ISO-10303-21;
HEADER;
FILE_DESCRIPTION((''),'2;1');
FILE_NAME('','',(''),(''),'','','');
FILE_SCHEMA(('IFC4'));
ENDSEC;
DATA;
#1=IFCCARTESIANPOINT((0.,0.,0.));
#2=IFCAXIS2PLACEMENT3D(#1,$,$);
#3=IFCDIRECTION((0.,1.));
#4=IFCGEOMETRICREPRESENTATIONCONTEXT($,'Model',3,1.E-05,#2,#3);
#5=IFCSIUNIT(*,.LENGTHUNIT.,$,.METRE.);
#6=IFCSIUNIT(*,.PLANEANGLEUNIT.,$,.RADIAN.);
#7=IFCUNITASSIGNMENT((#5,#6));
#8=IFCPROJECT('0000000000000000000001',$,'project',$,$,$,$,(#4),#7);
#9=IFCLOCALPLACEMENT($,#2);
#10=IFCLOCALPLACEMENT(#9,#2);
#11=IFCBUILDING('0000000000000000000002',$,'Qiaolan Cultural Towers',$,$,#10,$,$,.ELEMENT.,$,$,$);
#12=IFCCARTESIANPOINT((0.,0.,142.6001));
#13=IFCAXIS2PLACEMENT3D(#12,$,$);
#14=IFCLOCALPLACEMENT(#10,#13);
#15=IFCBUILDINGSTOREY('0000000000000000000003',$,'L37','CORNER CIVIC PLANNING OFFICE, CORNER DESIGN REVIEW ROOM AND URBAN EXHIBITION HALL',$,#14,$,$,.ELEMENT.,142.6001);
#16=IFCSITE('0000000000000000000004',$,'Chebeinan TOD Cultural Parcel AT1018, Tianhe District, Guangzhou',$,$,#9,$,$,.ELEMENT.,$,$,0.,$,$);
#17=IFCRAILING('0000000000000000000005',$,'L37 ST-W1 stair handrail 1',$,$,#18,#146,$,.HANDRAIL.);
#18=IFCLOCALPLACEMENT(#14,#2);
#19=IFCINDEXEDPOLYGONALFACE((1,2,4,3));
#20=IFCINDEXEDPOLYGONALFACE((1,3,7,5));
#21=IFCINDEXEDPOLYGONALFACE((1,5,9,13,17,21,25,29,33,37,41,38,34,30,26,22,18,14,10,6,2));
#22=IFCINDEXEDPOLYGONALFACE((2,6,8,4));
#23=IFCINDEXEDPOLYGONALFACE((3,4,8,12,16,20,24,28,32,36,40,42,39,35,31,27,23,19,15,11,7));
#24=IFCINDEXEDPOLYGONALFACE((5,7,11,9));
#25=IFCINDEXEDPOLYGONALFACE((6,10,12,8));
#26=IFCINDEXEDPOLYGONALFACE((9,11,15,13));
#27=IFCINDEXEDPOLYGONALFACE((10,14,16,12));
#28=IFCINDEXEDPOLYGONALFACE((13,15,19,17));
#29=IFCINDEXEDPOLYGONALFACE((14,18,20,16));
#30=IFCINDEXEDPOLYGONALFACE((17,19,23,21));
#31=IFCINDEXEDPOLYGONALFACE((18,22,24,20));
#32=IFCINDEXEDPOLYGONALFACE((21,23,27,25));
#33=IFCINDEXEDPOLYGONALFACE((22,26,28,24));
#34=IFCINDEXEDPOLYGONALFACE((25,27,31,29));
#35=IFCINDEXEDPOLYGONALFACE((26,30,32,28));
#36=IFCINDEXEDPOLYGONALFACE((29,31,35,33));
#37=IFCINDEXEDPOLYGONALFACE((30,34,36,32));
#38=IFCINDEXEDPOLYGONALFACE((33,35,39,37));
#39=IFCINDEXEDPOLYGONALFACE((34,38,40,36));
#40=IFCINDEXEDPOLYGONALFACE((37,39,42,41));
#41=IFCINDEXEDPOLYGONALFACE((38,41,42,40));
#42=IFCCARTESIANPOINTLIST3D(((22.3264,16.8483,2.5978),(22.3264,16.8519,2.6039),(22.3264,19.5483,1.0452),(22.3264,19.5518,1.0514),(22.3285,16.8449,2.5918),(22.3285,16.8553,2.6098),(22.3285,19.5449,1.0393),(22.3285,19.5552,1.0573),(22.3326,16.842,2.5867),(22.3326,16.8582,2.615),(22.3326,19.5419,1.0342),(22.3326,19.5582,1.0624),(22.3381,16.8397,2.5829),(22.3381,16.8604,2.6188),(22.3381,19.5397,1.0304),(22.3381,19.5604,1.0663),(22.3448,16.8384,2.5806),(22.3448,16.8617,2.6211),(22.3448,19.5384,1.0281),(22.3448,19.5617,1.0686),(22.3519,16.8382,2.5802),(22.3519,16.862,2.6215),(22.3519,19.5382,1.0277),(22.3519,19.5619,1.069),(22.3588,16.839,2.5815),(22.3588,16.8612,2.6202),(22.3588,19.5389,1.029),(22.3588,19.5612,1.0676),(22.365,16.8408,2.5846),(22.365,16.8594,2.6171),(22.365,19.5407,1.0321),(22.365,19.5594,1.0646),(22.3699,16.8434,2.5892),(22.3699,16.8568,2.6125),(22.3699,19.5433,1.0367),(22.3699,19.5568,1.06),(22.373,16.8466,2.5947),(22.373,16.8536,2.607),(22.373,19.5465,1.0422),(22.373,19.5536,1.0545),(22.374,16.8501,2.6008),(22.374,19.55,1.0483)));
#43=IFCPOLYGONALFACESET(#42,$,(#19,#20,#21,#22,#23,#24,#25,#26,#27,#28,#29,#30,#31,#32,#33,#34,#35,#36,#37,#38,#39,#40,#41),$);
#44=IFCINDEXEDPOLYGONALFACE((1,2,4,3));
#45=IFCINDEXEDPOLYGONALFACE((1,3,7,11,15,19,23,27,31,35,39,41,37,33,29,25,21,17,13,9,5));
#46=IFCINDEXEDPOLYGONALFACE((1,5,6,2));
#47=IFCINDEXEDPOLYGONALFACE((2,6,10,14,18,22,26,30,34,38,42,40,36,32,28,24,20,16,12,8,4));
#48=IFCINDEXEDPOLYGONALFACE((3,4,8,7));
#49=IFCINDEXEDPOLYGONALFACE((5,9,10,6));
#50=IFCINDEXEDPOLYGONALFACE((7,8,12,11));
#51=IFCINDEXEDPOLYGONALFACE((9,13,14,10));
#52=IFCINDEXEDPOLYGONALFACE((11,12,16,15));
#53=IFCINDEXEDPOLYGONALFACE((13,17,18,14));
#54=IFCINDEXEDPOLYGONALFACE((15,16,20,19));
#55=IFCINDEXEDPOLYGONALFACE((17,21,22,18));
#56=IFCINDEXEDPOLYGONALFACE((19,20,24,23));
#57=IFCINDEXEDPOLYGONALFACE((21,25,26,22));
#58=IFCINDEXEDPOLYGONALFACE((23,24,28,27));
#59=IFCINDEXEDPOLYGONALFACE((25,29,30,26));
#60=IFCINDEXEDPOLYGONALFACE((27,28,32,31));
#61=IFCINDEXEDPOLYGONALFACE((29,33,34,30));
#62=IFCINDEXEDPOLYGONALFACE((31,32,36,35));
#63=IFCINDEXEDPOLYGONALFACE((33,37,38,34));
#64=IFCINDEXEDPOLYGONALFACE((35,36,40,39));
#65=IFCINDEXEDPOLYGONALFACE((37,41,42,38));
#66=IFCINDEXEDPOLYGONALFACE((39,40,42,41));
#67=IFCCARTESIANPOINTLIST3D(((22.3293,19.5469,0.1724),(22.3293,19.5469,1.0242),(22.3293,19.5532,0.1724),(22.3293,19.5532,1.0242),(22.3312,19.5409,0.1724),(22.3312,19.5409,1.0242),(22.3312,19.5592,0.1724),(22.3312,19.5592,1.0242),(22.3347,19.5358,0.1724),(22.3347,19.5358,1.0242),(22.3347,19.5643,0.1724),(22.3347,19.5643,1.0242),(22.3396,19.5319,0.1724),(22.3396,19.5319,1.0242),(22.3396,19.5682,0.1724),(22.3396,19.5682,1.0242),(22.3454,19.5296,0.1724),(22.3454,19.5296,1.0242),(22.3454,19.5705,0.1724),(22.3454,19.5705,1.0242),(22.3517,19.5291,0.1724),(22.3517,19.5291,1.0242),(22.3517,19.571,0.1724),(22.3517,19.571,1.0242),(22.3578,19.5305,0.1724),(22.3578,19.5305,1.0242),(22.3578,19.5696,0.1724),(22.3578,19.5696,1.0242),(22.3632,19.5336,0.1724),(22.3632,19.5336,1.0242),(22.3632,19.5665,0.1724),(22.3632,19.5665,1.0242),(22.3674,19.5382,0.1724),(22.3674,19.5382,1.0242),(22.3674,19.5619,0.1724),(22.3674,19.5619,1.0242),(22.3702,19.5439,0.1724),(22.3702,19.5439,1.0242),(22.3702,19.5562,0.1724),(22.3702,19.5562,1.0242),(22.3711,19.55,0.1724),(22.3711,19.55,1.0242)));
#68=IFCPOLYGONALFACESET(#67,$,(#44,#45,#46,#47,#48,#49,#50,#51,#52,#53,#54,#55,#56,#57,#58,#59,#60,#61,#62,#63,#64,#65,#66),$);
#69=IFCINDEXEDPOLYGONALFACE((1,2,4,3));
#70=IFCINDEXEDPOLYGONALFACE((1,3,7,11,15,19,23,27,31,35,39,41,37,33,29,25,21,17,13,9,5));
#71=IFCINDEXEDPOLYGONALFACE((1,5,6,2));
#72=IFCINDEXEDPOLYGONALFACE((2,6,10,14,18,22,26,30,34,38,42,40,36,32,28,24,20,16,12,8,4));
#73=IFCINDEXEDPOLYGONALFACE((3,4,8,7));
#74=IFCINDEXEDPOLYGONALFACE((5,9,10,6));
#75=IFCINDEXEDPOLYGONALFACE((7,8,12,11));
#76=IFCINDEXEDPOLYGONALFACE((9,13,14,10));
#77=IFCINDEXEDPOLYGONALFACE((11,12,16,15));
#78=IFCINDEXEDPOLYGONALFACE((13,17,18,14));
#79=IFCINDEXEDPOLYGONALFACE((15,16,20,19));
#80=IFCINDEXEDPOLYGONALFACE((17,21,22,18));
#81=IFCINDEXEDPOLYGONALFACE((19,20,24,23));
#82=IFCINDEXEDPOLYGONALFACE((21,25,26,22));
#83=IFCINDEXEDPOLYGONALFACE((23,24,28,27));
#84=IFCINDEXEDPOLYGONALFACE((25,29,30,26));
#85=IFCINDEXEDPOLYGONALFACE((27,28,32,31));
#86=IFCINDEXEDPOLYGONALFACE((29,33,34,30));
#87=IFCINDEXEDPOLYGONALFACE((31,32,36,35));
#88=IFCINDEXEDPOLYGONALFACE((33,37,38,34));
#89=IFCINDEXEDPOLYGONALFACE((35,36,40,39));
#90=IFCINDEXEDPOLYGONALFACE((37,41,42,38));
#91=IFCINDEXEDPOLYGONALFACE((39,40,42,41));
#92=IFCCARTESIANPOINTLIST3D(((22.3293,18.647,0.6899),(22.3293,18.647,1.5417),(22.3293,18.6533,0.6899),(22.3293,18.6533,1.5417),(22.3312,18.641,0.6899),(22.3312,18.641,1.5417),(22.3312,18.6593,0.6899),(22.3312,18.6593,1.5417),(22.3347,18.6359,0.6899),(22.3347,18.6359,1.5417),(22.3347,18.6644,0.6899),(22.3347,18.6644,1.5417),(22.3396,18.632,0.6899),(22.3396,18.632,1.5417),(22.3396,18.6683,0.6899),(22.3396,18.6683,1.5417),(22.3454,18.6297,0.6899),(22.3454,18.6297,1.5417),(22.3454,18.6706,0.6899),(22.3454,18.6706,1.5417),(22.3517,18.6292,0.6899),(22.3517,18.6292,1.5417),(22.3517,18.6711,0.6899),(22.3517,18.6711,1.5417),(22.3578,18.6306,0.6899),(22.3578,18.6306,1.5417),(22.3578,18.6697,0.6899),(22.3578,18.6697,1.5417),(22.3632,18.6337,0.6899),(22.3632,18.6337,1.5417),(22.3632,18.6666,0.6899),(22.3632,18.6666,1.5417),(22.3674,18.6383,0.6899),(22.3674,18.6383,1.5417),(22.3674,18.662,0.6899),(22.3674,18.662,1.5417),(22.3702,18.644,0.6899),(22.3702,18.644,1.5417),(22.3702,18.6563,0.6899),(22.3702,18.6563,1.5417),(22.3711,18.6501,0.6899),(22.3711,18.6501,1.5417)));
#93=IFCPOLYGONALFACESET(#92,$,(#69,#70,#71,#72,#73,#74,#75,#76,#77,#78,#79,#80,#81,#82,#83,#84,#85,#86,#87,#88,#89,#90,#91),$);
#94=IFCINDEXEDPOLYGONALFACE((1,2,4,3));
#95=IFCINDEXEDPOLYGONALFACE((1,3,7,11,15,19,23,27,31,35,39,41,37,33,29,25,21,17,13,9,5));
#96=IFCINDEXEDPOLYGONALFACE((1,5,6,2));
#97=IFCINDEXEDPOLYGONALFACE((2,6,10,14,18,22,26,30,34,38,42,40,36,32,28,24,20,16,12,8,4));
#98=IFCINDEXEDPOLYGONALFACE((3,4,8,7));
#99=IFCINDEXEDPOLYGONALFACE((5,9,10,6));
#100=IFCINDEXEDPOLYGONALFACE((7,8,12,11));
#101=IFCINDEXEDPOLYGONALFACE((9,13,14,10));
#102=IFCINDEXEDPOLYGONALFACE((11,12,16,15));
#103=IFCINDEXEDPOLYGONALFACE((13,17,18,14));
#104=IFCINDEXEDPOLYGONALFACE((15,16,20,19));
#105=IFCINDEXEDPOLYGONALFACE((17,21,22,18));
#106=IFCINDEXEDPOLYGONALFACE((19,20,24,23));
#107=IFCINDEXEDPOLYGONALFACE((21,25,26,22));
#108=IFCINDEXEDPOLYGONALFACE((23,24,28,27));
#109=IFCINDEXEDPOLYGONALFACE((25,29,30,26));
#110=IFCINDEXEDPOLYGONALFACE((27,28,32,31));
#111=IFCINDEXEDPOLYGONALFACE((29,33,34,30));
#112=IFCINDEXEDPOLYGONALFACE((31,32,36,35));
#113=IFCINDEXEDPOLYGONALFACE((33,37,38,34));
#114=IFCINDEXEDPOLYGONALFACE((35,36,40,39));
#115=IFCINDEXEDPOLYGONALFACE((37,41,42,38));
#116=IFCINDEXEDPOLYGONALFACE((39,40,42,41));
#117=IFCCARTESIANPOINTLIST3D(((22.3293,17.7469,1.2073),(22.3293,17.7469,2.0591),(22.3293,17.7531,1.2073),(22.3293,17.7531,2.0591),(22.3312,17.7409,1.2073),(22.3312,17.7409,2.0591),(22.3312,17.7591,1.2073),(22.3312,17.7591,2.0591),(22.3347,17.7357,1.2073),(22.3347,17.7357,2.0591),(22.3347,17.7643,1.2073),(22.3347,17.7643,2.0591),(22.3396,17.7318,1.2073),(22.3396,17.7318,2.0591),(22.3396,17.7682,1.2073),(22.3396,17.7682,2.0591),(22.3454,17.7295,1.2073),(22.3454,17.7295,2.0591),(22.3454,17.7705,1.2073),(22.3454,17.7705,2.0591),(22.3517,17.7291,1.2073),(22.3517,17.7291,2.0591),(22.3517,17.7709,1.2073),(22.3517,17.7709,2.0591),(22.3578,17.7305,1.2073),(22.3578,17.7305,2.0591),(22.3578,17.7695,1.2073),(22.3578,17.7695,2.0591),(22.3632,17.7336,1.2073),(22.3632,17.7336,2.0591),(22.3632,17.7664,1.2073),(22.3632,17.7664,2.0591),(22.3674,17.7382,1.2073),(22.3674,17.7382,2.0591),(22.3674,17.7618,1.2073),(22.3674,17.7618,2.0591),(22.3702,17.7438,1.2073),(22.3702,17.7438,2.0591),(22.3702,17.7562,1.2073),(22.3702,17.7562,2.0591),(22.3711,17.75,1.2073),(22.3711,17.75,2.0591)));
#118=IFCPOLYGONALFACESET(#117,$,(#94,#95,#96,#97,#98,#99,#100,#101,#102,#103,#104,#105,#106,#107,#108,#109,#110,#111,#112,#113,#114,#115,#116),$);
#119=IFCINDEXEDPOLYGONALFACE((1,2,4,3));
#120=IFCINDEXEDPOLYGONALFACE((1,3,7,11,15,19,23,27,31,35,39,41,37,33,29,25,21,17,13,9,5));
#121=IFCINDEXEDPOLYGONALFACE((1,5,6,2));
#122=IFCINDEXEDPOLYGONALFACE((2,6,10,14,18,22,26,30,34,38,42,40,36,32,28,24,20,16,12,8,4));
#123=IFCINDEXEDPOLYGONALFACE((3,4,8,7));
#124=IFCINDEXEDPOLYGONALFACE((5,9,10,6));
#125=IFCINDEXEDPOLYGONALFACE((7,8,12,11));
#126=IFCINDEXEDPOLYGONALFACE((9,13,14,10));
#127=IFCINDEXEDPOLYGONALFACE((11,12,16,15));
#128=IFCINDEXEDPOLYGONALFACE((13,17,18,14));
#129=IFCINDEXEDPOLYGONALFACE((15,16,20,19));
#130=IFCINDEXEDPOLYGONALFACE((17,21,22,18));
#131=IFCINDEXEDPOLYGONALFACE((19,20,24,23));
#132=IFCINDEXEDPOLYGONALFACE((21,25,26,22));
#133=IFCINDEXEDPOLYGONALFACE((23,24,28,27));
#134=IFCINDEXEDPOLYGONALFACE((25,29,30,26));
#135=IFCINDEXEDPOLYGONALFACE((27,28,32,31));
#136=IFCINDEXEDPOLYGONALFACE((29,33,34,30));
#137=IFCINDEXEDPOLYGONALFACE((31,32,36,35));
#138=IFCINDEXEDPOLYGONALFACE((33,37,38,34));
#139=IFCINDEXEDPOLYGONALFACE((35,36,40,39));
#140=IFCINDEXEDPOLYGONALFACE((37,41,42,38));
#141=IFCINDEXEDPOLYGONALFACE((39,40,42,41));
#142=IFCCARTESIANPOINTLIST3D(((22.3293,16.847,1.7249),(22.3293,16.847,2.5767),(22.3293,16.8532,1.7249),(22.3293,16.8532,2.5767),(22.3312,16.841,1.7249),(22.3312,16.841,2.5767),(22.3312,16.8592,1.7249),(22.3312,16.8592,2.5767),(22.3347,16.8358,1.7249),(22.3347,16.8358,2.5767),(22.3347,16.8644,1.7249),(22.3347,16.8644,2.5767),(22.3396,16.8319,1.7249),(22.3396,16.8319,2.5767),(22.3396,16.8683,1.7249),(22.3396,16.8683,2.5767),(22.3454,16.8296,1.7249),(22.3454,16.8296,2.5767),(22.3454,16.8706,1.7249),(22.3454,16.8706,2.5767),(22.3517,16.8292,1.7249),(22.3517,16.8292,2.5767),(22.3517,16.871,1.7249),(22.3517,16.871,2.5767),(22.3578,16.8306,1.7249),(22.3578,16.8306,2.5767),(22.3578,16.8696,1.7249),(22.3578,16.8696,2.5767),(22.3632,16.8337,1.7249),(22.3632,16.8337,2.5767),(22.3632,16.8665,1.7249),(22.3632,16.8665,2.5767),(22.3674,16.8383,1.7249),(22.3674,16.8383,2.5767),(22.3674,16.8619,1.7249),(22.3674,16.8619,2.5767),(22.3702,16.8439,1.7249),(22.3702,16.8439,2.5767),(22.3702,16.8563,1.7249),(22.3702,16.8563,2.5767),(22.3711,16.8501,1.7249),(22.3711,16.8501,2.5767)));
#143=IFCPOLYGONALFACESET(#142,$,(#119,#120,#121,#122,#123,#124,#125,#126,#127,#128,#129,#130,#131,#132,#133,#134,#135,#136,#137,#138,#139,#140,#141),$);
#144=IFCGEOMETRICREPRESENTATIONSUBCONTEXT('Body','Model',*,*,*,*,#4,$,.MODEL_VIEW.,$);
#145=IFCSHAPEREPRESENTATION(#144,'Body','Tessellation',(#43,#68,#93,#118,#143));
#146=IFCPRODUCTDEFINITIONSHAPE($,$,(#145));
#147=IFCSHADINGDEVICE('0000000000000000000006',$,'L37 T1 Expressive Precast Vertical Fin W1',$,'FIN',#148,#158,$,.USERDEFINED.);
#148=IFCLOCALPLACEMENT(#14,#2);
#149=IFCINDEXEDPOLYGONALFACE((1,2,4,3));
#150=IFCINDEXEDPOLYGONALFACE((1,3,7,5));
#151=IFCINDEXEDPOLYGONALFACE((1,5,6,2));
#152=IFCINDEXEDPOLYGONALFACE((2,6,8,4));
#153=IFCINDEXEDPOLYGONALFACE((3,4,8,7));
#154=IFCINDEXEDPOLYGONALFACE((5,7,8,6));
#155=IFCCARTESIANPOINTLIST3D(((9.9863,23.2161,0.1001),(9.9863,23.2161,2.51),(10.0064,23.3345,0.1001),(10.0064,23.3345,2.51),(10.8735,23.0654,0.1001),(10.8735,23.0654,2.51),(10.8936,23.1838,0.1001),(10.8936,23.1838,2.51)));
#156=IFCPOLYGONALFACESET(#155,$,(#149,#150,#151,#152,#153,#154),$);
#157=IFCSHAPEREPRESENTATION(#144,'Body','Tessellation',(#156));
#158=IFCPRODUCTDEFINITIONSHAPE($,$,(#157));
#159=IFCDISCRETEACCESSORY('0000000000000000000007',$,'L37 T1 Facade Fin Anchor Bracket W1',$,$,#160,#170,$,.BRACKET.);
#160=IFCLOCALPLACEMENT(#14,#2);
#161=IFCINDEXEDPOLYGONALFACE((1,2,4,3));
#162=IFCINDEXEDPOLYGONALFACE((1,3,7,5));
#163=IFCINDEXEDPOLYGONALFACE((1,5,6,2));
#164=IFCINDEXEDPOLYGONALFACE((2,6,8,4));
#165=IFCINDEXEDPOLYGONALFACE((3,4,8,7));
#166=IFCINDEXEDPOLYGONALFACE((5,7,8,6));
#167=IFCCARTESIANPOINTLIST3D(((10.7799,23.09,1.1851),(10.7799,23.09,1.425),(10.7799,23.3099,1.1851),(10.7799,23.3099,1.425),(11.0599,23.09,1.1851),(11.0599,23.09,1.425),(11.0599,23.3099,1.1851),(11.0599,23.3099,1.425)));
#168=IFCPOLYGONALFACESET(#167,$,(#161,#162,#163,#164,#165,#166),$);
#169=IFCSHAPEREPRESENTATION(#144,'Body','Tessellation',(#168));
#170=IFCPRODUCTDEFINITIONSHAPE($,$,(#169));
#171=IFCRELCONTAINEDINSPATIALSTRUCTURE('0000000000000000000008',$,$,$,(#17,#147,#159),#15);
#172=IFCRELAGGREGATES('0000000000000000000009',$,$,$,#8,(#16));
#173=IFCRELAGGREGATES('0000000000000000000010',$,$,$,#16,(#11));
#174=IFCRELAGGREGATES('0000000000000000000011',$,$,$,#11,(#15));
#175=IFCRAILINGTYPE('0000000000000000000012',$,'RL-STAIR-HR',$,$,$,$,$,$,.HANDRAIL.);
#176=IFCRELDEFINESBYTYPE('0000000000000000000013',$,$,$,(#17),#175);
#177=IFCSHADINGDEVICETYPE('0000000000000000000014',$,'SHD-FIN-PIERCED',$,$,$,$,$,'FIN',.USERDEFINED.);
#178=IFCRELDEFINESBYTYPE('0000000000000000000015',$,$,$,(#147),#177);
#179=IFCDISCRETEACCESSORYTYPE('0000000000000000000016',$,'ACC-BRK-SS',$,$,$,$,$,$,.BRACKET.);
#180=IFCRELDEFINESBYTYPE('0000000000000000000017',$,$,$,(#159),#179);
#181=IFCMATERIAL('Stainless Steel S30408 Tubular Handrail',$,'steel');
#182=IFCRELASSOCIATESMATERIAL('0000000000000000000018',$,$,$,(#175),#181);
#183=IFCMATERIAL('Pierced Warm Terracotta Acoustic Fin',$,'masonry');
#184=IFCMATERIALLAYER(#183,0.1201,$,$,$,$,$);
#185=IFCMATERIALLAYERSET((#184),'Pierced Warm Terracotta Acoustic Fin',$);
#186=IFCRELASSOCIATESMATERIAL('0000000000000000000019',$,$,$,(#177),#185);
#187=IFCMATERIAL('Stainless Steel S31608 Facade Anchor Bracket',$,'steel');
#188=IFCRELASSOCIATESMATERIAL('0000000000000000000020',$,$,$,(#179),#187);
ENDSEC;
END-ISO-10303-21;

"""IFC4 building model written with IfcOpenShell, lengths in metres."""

from ifc_helpers import new_model, si_unit, direction, frame, origin, origin_2d, place, context, subcontext, project, spatial, rectangle, circle, extrude, material, layer, layer_set, type_object, element, save


model = new_model("IFC4")

# Units and contexts
model_context = context("Model", 3, precision=1e-05, world=origin(), true_north=direction((0.0, 1.0)))
body_context = subcontext(model_context, "Body", "Model", "MODEL_VIEW")
ifc_project = project(units=[si_unit("LENGTHUNIT", "METRE"), si_unit("PLANEANGLEUNIT", "RADIAN")], contexts=[model_context])

# Site, building, storey
site_placement = place(None, origin())
site = spatial("IfcSite", under=ifc_project, at=site_placement, Name="Chebeinan TOD Cultural Parcel AT1018, Tianhe District, Guangzhou", CompositionType="ELEMENT", RefElevation=0.0)
building_placement = place(site_placement, origin())
building = spatial("IfcBuilding", under=site, at=building_placement, Name="Qiaolan Cultural Towers", CompositionType="ELEMENT")
storey_placement = place(building_placement, frame((0.0, 0.0, 142.6001)))
storey = spatial("IfcBuildingStorey", under=building, at=storey_placement, Name="L37", Description="CORNER CIVIC PLANNING OFFICE, CORNER DESIGN REVIEW ROOM AND URBAN EXHIBITION HALL", CompositionType="ELEMENT", Elevation=142.6001)

# Railing
ifc_material_1 = material(Name="Stainless Steel S30408 Tubular Handrail", Category="steel")
railing_type = type_object("IfcRailingType", Name="RL-STAIR-HR", PredefinedType="HANDRAIL", material=ifc_material_1)
railing_placement = place(storey_placement, frame((22.3501, 19.55, 0.1724)))
element("IfcRailing", 1, at=railing_placement, inside=storey, type_object=railing_type, Name="L37 ST-W1 stair handrail 1", PredefinedType="HANDRAIL", context=body_context, shape_type="SweptSolid", body=[
    extrude(circle(Radius=0.0239, at=origin_2d()), frame((0.0, 0.0, 0.876), z_axis=(0.0, -0.866904, 0.498476), x_axis=(1.0, 0.0, 0.0)), (0.0, 0.0, 1.0), 3.1145),
    extrude(circle(Radius=0.021, at=origin_2d()), origin(), (0.0, 0.0, 1.0), 0.8518),
    extrude(circle(Radius=0.021, at=origin_2d()), frame((0.0, -0.8999, 0.5176)), (0.0, 0.0, 1.0), 0.8518),
    extrude(circle(Radius=0.021, at=origin_2d()), frame((0.0, -1.8, 1.0349)), (0.0, 0.0, 1.0), 0.8518),
    extrude(circle(Radius=0.021, at=origin_2d()), frame((0.0, -2.7, 1.5525)), (0.0, 0.0, 1.0), 0.8518),
])

# Shading device
ifc_material_2 = material(Name="Pierced Warm Terracotta Acoustic Fin", Category="masonry")
ifc_layer_1 = layer(ifc_material_2, 0.1201)
ifc_layer_set_1 = layer_set([ifc_layer_1], Name="Pierced Warm Terracotta Acoustic Fin")
shading_device_type = type_object("IfcShadingDeviceType", Name="SHD-FIN-PIERCED", ElementType="FIN", PredefinedType="USERDEFINED", material=ifc_layer_set_1)
shading_device_placement = place(storey_placement, frame((10.4399, 23.2, 0.1001), z_axis=(0.0, 0.0, 1.0), x_axis=(0.985874, -0.167488, 0.0)))
element("IfcShadingDevice", 2, at=shading_device_placement, inside=storey, type_object=shading_device_type, Name="L37 T1 Expressive Precast Vertical Fin W1", ObjectType="FIN", PredefinedType="USERDEFINED", context=body_context, shape_type="SweptSolid", body=[
    extrude(rectangle(XDim=0.8999, YDim=0.1201, at=origin_2d()), origin(), (0.0, 0.0, 1.0), 2.4099),
])

# Discrete accessory
ifc_material_3 = material(Name="Stainless Steel S31608 Facade Anchor Bracket", Category="steel")
discrete_accessory_type = type_object("IfcDiscreteAccessoryType", Name="ACC-BRK-SS", PredefinedType="BRACKET", material=ifc_material_3)
discrete_accessory_placement = place(storey_placement, frame((10.9199, 23.2, 1.1851), z_axis=(0.0, 0.0, 1.0), x_axis=(1.0, 0.0, 0.0)))
element("IfcDiscreteAccessory", 3, at=discrete_accessory_placement, inside=storey, type_object=discrete_accessory_type, Name="L37 T1 Facade Fin Anchor Bracket W1", PredefinedType="BRACKET", context=body_context, shape_type="SweptSolid", body=[
    extrude(rectangle(XDim=0.28, YDim=0.22, at=origin_2d()), origin(), (0.0, 0.0, 1.0), 0.24),
])

save(model, "model.ifc")
